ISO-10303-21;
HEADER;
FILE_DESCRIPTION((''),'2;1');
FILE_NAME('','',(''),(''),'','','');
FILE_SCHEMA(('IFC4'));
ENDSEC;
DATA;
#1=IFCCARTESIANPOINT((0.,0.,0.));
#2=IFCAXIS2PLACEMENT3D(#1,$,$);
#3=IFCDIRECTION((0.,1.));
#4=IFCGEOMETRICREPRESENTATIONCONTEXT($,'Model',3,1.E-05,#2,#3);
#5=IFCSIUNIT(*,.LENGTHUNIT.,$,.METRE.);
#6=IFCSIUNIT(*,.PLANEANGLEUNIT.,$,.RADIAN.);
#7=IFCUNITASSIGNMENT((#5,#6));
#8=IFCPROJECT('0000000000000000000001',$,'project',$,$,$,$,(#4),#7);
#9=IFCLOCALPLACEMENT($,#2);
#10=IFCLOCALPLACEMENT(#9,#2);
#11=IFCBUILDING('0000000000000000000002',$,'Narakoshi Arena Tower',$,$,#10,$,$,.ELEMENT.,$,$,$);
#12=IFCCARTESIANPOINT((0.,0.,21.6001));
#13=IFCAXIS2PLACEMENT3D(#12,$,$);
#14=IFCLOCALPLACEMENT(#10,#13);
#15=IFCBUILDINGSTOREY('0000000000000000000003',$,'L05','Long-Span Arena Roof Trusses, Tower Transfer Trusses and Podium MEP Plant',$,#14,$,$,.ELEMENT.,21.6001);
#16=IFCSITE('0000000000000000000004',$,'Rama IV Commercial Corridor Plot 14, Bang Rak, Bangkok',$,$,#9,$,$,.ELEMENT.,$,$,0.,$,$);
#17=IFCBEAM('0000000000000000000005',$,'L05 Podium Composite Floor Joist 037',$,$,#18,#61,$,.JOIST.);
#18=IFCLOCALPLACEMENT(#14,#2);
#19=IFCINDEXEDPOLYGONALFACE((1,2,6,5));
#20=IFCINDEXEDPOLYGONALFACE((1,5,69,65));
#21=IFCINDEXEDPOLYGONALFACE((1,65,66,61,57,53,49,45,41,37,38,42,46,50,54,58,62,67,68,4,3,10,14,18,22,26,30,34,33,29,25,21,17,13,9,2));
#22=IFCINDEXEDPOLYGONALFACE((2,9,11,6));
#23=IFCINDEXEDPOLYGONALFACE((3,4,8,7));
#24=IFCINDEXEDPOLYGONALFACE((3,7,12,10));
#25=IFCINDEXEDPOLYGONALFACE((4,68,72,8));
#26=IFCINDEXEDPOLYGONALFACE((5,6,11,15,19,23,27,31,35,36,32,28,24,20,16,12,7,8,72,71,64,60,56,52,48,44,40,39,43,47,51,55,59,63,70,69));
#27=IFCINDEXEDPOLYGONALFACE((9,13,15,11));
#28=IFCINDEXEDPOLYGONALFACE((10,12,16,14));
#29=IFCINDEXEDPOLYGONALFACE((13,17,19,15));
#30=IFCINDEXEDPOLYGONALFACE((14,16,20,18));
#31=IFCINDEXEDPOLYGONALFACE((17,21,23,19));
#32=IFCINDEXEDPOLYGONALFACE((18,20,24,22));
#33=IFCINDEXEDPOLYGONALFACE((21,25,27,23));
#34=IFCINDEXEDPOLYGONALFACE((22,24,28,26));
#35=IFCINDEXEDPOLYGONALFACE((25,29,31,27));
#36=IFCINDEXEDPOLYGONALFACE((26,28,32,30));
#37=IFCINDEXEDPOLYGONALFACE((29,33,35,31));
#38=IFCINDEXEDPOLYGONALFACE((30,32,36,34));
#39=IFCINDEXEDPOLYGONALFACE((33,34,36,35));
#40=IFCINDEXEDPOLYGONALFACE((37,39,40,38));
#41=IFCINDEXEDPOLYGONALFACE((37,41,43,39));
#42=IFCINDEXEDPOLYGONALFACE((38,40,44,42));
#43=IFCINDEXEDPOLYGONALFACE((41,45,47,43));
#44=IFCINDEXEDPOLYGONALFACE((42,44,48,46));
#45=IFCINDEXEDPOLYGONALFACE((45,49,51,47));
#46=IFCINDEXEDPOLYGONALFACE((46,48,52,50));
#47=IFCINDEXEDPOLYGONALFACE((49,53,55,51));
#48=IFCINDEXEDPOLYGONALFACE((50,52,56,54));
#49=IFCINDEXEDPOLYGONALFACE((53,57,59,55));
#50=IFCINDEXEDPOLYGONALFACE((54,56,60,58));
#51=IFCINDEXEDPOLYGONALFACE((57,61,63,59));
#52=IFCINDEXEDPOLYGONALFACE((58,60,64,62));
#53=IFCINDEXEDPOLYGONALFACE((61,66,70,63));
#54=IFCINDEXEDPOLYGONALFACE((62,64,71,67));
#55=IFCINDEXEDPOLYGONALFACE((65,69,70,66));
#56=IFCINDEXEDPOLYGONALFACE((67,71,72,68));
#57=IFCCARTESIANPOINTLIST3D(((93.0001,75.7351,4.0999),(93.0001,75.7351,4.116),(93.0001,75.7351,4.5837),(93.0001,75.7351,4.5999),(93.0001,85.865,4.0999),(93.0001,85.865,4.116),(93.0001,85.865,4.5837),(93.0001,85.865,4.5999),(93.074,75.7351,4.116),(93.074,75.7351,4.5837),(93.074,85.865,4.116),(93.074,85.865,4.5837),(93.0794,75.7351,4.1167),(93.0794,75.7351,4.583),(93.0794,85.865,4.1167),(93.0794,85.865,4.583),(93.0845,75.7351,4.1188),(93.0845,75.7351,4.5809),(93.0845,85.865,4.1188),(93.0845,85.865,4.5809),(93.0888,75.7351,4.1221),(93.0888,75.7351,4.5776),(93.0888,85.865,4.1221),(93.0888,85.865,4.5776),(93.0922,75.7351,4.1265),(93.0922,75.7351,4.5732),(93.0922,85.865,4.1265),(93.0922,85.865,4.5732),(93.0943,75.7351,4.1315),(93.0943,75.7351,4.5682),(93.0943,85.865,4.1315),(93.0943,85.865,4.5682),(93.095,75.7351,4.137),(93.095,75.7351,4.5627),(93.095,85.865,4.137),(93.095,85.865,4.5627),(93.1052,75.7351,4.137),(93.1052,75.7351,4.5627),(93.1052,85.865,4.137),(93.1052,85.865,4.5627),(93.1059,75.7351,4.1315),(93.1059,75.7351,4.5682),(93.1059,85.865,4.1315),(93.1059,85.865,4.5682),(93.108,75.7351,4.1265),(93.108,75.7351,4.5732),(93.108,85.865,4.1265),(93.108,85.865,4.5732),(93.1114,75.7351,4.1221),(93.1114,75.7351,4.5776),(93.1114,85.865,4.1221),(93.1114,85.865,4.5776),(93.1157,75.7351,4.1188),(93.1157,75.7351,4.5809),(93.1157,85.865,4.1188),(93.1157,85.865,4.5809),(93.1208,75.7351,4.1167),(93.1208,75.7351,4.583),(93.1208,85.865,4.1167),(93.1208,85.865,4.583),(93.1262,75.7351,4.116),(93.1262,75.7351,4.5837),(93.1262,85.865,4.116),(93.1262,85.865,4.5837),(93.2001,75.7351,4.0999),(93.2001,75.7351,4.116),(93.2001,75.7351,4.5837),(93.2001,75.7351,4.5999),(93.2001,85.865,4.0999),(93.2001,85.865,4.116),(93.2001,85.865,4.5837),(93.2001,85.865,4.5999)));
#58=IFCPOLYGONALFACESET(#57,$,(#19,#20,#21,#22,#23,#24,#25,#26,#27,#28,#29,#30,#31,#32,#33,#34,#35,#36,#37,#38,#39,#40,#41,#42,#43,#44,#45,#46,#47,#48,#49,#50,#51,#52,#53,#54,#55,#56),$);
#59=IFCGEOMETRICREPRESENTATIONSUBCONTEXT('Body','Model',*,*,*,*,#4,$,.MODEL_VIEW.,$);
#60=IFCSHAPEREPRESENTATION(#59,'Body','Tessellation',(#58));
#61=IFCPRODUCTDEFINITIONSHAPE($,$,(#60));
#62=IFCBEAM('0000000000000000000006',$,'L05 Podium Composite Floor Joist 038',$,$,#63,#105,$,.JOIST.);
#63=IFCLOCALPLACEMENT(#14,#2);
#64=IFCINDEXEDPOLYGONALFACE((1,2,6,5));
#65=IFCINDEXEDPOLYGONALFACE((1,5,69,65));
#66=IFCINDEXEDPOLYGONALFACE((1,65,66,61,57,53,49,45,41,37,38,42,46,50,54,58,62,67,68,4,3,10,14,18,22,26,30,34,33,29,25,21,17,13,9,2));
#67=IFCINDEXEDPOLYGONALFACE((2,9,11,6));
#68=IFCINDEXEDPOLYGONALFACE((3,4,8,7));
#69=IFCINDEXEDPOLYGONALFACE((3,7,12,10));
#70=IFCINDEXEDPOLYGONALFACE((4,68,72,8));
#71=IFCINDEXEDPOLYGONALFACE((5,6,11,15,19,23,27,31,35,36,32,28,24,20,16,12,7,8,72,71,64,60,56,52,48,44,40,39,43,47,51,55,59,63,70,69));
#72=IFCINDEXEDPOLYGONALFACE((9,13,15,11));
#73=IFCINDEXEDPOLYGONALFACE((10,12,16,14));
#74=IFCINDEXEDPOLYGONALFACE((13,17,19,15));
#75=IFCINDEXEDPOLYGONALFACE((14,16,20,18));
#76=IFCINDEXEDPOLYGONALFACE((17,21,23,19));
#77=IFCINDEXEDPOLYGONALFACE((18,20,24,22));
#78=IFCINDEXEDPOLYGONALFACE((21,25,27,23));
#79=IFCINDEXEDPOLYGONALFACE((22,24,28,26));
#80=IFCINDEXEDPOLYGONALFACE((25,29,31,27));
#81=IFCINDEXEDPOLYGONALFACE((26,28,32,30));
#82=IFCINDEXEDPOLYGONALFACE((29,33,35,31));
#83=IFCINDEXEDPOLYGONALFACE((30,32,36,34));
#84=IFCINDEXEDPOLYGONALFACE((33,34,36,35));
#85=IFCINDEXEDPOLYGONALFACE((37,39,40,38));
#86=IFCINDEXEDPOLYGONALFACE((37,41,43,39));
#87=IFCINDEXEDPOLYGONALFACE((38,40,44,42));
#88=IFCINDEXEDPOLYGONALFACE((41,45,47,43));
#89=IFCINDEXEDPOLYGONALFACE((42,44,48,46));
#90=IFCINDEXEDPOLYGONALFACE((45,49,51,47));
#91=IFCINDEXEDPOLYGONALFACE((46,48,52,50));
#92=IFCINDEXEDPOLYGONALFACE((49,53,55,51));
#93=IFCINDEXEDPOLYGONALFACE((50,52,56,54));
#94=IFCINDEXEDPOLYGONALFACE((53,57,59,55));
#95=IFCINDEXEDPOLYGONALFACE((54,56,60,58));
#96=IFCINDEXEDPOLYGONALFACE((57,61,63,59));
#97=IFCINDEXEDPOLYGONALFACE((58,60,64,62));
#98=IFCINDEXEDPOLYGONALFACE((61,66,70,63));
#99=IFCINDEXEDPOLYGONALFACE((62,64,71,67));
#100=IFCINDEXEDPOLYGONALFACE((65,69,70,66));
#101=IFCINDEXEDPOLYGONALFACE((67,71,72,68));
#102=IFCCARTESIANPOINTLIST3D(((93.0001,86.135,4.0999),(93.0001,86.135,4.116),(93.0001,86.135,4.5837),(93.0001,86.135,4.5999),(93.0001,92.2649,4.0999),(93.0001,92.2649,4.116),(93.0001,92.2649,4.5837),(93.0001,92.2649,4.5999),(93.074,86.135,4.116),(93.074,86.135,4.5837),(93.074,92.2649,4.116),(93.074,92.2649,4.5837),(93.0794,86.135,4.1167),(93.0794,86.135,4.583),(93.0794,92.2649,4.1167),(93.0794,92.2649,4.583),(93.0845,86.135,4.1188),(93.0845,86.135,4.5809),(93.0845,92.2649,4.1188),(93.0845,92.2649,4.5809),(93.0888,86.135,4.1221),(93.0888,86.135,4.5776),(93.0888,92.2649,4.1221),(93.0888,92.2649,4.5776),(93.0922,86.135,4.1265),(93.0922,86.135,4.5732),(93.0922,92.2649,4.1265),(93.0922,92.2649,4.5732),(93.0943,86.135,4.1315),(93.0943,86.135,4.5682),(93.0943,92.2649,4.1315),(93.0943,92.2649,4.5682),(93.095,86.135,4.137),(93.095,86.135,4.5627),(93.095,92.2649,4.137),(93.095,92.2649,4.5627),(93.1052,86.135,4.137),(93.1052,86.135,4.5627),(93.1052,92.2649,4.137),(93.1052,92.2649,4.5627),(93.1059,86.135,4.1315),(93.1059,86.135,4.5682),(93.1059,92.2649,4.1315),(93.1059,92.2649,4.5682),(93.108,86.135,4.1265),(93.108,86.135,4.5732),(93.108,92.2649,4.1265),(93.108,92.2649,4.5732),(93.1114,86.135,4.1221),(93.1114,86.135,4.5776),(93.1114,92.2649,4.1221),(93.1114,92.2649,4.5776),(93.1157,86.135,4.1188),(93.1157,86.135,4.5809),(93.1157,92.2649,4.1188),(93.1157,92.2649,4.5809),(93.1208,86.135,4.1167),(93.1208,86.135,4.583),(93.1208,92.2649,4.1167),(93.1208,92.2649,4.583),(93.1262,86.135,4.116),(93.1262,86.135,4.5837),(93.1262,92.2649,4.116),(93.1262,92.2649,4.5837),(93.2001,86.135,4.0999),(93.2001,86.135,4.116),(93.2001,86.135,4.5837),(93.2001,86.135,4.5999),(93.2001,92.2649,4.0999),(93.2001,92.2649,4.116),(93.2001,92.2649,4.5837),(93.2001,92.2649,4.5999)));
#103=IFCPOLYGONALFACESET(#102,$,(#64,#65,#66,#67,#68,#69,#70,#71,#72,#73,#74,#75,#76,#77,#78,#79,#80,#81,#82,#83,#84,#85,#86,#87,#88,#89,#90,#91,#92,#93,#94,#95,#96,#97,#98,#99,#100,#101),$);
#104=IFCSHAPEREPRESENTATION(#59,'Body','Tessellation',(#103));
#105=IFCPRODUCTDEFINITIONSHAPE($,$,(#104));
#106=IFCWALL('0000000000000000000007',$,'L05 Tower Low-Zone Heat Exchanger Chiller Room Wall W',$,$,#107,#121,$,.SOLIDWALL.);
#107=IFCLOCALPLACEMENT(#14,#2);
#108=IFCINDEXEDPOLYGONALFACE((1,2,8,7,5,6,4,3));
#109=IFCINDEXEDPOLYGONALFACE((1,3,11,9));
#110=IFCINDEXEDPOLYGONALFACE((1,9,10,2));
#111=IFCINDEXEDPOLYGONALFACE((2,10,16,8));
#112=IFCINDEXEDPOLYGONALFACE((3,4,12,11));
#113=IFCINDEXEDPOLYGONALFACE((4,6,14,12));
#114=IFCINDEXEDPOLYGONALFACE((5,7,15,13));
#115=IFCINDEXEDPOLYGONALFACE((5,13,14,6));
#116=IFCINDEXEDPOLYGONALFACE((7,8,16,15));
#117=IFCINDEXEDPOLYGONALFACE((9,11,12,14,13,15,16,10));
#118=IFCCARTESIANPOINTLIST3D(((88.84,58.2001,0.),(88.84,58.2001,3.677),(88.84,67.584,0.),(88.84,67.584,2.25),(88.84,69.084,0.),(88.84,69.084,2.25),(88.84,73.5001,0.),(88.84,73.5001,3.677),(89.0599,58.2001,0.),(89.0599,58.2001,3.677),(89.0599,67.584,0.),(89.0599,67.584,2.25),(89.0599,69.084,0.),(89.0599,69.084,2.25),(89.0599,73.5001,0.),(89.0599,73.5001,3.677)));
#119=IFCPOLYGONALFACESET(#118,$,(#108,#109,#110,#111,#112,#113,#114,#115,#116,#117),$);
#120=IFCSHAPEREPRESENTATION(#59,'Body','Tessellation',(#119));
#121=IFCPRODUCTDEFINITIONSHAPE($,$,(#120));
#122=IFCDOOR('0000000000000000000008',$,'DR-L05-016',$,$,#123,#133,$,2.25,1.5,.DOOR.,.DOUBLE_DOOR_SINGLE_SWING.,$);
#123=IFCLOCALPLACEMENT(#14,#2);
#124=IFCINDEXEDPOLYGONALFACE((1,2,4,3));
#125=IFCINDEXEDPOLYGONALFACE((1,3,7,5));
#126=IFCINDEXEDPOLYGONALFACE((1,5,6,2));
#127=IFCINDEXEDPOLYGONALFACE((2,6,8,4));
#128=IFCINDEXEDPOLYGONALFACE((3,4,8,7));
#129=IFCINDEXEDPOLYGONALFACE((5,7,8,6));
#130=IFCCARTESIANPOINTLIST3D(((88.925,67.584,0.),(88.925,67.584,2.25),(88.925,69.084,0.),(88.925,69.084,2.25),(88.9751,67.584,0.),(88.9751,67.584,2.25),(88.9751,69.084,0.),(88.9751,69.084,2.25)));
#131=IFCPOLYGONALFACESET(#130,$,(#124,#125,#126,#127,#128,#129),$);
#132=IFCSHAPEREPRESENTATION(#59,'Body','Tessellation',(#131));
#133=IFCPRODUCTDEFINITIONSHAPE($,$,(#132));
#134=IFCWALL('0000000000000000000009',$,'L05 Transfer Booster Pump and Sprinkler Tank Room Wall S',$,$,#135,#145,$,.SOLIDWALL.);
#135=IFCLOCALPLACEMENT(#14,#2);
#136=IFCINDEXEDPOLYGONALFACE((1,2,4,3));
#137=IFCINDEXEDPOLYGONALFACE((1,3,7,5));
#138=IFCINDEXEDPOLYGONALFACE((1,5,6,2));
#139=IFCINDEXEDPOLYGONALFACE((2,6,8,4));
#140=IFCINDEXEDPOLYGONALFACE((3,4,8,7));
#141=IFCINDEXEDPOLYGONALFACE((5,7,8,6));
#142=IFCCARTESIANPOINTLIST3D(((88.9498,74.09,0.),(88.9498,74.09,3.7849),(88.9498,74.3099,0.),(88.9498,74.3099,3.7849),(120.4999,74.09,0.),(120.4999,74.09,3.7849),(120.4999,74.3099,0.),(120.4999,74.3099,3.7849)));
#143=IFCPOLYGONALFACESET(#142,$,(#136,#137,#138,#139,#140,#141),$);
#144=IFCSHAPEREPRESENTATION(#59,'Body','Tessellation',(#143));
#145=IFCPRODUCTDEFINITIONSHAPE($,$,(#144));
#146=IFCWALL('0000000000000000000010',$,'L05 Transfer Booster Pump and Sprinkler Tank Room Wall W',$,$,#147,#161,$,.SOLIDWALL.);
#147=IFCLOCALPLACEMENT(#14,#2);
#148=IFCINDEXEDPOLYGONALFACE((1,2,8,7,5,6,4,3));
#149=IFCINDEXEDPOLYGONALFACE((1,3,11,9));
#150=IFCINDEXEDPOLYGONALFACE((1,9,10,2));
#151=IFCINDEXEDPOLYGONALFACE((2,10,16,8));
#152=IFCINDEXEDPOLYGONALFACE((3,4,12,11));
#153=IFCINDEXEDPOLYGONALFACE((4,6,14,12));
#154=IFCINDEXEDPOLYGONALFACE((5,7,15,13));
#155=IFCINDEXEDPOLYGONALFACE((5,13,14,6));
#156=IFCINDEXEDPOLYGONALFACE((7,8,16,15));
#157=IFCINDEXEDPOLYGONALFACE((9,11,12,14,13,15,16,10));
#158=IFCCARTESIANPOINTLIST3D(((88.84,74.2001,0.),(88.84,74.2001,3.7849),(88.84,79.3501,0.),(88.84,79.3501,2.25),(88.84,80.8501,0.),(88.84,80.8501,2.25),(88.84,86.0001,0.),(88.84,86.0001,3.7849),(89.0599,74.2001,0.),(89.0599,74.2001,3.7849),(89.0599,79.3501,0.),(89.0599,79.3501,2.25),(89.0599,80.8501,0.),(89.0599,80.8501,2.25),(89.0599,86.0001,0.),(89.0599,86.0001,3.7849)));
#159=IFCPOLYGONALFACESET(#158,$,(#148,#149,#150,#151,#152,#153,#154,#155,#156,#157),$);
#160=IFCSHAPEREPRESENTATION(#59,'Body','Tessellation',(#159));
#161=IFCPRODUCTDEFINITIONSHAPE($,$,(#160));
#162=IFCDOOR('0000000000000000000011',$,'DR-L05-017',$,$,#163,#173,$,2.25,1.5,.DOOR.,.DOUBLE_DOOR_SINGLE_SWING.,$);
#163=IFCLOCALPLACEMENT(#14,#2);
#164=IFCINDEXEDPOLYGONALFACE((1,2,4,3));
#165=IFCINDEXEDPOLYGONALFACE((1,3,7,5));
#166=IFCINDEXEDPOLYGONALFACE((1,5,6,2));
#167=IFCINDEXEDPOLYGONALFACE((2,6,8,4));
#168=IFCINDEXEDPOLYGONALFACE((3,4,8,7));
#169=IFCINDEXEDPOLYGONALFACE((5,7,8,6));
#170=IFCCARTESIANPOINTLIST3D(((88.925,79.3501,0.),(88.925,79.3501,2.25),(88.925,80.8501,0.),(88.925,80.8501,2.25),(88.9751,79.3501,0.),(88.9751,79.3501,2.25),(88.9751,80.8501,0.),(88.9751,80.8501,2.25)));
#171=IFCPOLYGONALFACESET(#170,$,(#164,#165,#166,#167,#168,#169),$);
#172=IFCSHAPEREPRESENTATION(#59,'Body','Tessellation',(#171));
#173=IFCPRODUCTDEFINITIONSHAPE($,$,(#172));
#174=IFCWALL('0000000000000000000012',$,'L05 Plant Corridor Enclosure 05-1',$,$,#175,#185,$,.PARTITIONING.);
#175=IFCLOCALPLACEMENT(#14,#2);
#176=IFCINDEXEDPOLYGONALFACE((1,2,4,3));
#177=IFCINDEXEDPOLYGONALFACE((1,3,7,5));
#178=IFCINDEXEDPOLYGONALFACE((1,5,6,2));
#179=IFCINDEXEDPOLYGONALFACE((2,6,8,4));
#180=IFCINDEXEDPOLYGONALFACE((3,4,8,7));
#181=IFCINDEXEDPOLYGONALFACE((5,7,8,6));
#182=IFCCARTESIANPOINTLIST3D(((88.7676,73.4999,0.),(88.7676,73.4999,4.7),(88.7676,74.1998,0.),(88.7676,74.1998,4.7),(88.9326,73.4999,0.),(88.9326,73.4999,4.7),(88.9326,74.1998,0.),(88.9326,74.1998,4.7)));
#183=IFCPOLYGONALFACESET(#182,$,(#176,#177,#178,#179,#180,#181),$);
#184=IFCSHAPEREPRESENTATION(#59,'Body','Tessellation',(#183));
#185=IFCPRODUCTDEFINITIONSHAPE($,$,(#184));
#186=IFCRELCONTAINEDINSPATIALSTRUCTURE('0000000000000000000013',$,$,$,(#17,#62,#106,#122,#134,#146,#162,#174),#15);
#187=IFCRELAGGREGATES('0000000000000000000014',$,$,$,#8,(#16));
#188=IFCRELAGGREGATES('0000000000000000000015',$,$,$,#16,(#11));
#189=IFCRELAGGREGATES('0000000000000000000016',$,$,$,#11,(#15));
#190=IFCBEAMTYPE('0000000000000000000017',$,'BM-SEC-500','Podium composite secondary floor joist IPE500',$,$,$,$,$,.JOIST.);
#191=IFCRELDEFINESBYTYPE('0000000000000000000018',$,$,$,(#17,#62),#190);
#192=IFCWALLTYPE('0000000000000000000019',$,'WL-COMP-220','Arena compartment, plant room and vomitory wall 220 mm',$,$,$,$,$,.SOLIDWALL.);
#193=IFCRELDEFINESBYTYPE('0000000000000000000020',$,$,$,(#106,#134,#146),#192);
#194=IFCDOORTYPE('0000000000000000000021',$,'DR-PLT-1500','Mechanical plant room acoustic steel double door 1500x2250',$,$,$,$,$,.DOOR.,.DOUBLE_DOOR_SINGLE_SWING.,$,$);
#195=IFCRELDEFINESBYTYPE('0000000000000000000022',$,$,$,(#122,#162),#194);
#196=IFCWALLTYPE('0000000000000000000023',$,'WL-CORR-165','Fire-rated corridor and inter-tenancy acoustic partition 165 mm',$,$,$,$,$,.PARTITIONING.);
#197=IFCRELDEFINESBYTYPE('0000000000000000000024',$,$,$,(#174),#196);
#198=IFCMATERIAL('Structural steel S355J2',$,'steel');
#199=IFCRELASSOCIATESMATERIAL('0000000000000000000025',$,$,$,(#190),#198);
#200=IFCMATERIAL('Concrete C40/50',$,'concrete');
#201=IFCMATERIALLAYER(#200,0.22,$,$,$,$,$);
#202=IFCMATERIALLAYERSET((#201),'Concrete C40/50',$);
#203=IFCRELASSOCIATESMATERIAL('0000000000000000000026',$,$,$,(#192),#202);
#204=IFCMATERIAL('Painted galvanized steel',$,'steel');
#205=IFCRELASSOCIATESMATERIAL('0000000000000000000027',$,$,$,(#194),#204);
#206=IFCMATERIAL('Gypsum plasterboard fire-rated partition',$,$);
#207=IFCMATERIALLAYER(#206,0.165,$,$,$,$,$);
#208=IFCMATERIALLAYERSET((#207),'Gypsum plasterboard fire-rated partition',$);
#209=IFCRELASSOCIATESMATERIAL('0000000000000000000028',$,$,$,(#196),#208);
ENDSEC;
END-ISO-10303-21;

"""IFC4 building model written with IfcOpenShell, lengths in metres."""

from ifc_helpers import new_model, si_unit, direction, frame, frame_2d, origin, origin_2d, place, context, subcontext, project, spatial, rectangle, i_section, extrude, material, layer, layer_set, material_profile, profile_set, type_object, element, fill, save


model = new_model("IFC4")

# Units and contexts
model_context = context("Model", 3, precision=1e-05, world=origin(), true_north=direction((0.0, 1.0)))
body_context = subcontext(model_context, "Body", "Model", "MODEL_VIEW")
ifc_project = project(units=[si_unit("LENGTHUNIT", "METRE"), si_unit("PLANEANGLEUNIT", "RADIAN")], contexts=[model_context])

# Site, building, storey
site_placement = place(None, origin())
site = spatial("IfcSite", under=ifc_project, at=site_placement, Name="Rama IV Commercial Corridor Plot 14, Bang Rak, Bangkok", CompositionType="ELEMENT", RefElevation=0.0)
building_placement = place(site_placement, origin())
building = spatial("IfcBuilding", under=site, at=building_placement, Name="Narakoshi Arena Tower", CompositionType="ELEMENT")
storey_placement = place(building_placement, frame((0.0, 0.0, 21.6001)))
storey = spatial("IfcBuildingStorey", under=building, at=storey_placement, Name="L05", Description="Long-Span Arena Roof Trusses, Tower Transfer Trusses and Podium MEP Plant", CompositionType="ELEMENT", Elevation=21.6001)

# Shared definitions
ifc_material_1 = material(Name="Structural steel S355J2", Category="steel")

# Beams
ifc_material_profile_1 = material_profile(ifc_material_1, i_section(OverallWidth=0.2, OverallDepth=0.5, WebThickness=0.0103, FlangeThickness=0.0161, FilletRadius=0.021, at=origin_2d()), Name="IPE500")
ifc_profile_set_1 = profile_set([ifc_material_profile_1], Name="Structural steel S355J2")
beam_type_1 = type_object("IfcBeamType", Name="BM-SEC-500", Description="Podium composite secondary floor joist IPE500", PredefinedType="JOIST", material=ifc_profile_set_1)
beam_1_placement = place(storey_placement, frame((93.1001, 75.7351, 4.3499), z_axis=(0.0, 1.0, 0.0), x_axis=(-1.0, 0.0, 0.0)))
element("IfcBeam", 1, at=beam_1_placement, inside=storey, type_object=beam_type_1, Name="L05 Podium Composite Floor Joist 037", PredefinedType="JOIST", context=body_context, shape_type="SweptSolid", body=[
    extrude(i_section(OverallWidth=0.2, OverallDepth=0.5, WebThickness=0.0103, FlangeThickness=0.0161, FilletRadius=0.021, at=origin_2d()), origin(), (0.0, 0.0, 1.0), 10.1299),
])
beam_2_placement = place(storey_placement, frame((93.1001, 86.135, 4.3499), z_axis=(0.0, 1.0, 0.0), x_axis=(-1.0, 0.0, 0.0)))
element("IfcBeam", 2, at=beam_2_placement, inside=storey, type_object=beam_type_1, Name="L05 Podium Composite Floor Joist 038", PredefinedType="JOIST", context=body_context, shape_type="SweptSolid", body=[
    extrude(i_section(OverallWidth=0.2, OverallDepth=0.5, WebThickness=0.0103, FlangeThickness=0.0161, FilletRadius=0.021, at=origin_2d()), origin(), (0.0, 0.0, 1.0), 6.1299),
])

# Wall, opening, door
ifc_material_2 = material(Name="Concrete C40/50", Category="concrete")
ifc_layer_1 = layer(ifc_material_2, 0.22)
ifc_layer_set_1 = layer_set([ifc_layer_1], Name="Concrete C40/50")
wall_type_1 = type_object("IfcWallType", Name="WL-COMP-220", Description="Arena compartment, plant room and vomitory wall 220 mm", PredefinedType="SOLIDWALL", material=ifc_layer_set_1)
wall_1_placement = place(storey_placement, frame((88.95, 73.5, 0.0), z_axis=(0.0, 0.0, 1.0), x_axis=(0.0, -1.0, 0.0)))
wall_1 = element("IfcWall", 3, at=wall_1_placement, inside=storey, type_object=wall_type_1, Name="L05 Tower Low-Zone Heat Exchanger Chiller Room Wall W", PredefinedType="SOLIDWALL", context=body_context, shape_type="SweptSolid", body=[
    extrude(rectangle(XDim=15.3, YDim=0.22, at=frame_2d((7.6499, 0.0))), origin(), (0.0, 0.0, 1.0), 3.677),
])
opening_1_placement = place(wall_1_placement, frame((4.416, 0.0, 0.0)))
opening_1 = element("IfcOpeningElement", 4, at=opening_1_placement, cuts=wall_1, PredefinedType="OPENING", context=body_context, shape_type="SweptSolid", body=[
    extrude(rectangle(XDim=1.5, YDim=2.25, at=frame_2d((0.75, 1.125))), frame((0.0, 0.1199, 0.0), z_axis=(0.0, -1.0, 0.0), x_axis=(1.0, 0.0, 0.0)), (0.0, 0.0, 1.0), 0.24),
])
ifc_material_3 = material(Name="Painted galvanized steel", Category="steel")
door_type = type_object("IfcDoorType", Name="DR-PLT-1500", Description="Mechanical plant room acoustic steel double door 1500x2250", OperationType="DOUBLE_DOOR_SINGLE_SWING", PredefinedType="DOOR", material=ifc_material_3)
door_1_placement = place(opening_1_placement, frame((1.5, 0.0, 0.0), z_axis=(0.0, 0.0, 1.0), x_axis=(-1.0, 0.0, 0.0)))
door_1 = element("IfcDoor", 5, at=door_1_placement, inside=storey, type_object=door_type, Name="DR-L05-016", OperationType="DOUBLE_DOOR_SINGLE_SWING", OverallHeight=2.25, OverallWidth=1.5, PredefinedType="DOOR", context=body_context, shape_type="SweptSolid", body=[
    extrude(rectangle(XDim=1.5, YDim=2.25, at=frame_2d((0.75, 1.125))), frame((0.0, 0.0249, 0.0), z_axis=(0.0, -1.0, 0.0), x_axis=(1.0, 0.0, 0.0)), (0.0, 0.0, 1.0), 0.05),
])
fill(opening_1, door_1)

# Wall
wall_2_placement = place(storey_placement, frame((88.95, 74.2, 0.0), z_axis=(0.0, 0.0, 1.0), x_axis=(1.0, 0.0, 0.0)))
element("IfcWall", 6, at=wall_2_placement, inside=storey, type_object=wall_type_1, Name="L05 Transfer Booster Pump and Sprinkler Tank Room Wall S", PredefinedType="SOLIDWALL", context=body_context, shape_type="SweptSolid", body=[
    extrude(rectangle(XDim=31.55, YDim=0.22, at=frame_2d((15.7749, 0.0))), origin(), (0.0, 0.0, 1.0), 3.7849),
])

# Wall, opening, door
wall_3_placement = place(storey_placement, frame((88.95, 86.0, 0.0), z_axis=(0.0, 0.0, 1.0), x_axis=(0.0, -1.0, 0.0)))
wall_3 = element("IfcWall", 7, at=wall_3_placement, inside=storey, type_object=wall_type_1, Name="L05 Transfer Booster Pump and Sprinkler Tank Room Wall W", PredefinedType="SOLIDWALL", context=body_context, shape_type="SweptSolid", body=[
    extrude(rectangle(XDim=11.8, YDim=0.22, at=frame_2d((5.8999, 0.0))), origin(), (0.0, 0.0, 1.0), 3.7849),
])
opening_2_placement = place(wall_3_placement, frame((5.1499, 0.0, 0.0)))
opening_2 = element("IfcOpeningElement", 8, at=opening_2_placement, cuts=wall_3, PredefinedType="OPENING", context=body_context, shape_type="SweptSolid", body=[
    extrude(rectangle(XDim=1.5, YDim=2.25, at=frame_2d((0.75, 1.125))), frame((0.0, 0.1199, 0.0), z_axis=(0.0, -1.0, 0.0), x_axis=(1.0, 0.0, 0.0)), (0.0, 0.0, 1.0), 0.24),
])
door_2_placement = place(opening_2_placement, frame((1.5, 0.0, 0.0), z_axis=(0.0, 0.0, 1.0), x_axis=(-1.0, 0.0, 0.0)))
door_2 = element("IfcDoor", 9, at=door_2_placement, inside=storey, type_object=door_type, Name="DR-L05-017", OperationType="DOUBLE_DOOR_SINGLE_SWING", OverallHeight=2.25, OverallWidth=1.5, PredefinedType="DOOR", context=body_context, shape_type="SweptSolid", body=[
    extrude(rectangle(XDim=1.5, YDim=2.25, at=frame_2d((0.75, 1.125))), frame((0.0, 0.0249, 0.0), z_axis=(0.0, -1.0, 0.0), x_axis=(1.0, 0.0, 0.0)), (0.0, 0.0, 1.0), 0.05),
])
fill(opening_2, door_2)

# Wall
ifc_material_4 = material(Name="Gypsum plasterboard fire-rated partition")
ifc_layer_2 = layer(ifc_material_4, 0.165)
ifc_layer_set_2 = layer_set([ifc_layer_2], Name="Gypsum plasterboard fire-rated partition")
wall_type_2 = type_object("IfcWallType", Name="WL-CORR-165", Description="Fire-rated corridor and inter-tenancy acoustic partition 165 mm", PredefinedType="PARTITIONING", material=ifc_layer_set_2)
wall_4_placement = place(storey_placement, frame((88.8501, 74.2, 0.0), z_axis=(0.0, 0.0, 1.0), x_axis=(0.0, -1.0, 0.0)))
element("IfcWall", 10, at=wall_4_placement, inside=storey, type_object=wall_type_2, Name="L05 Plant Corridor Enclosure 05-1", PredefinedType="PARTITIONING", context=body_context, shape_type="SweptSolid", body=[
    extrude(rectangle(XDim=0.7, YDim=0.165, at=frame_2d((0.3501, 0.0))), origin(), (0.0, 0.0, 1.0), 4.7),
])

save(model, "model.ifc")
